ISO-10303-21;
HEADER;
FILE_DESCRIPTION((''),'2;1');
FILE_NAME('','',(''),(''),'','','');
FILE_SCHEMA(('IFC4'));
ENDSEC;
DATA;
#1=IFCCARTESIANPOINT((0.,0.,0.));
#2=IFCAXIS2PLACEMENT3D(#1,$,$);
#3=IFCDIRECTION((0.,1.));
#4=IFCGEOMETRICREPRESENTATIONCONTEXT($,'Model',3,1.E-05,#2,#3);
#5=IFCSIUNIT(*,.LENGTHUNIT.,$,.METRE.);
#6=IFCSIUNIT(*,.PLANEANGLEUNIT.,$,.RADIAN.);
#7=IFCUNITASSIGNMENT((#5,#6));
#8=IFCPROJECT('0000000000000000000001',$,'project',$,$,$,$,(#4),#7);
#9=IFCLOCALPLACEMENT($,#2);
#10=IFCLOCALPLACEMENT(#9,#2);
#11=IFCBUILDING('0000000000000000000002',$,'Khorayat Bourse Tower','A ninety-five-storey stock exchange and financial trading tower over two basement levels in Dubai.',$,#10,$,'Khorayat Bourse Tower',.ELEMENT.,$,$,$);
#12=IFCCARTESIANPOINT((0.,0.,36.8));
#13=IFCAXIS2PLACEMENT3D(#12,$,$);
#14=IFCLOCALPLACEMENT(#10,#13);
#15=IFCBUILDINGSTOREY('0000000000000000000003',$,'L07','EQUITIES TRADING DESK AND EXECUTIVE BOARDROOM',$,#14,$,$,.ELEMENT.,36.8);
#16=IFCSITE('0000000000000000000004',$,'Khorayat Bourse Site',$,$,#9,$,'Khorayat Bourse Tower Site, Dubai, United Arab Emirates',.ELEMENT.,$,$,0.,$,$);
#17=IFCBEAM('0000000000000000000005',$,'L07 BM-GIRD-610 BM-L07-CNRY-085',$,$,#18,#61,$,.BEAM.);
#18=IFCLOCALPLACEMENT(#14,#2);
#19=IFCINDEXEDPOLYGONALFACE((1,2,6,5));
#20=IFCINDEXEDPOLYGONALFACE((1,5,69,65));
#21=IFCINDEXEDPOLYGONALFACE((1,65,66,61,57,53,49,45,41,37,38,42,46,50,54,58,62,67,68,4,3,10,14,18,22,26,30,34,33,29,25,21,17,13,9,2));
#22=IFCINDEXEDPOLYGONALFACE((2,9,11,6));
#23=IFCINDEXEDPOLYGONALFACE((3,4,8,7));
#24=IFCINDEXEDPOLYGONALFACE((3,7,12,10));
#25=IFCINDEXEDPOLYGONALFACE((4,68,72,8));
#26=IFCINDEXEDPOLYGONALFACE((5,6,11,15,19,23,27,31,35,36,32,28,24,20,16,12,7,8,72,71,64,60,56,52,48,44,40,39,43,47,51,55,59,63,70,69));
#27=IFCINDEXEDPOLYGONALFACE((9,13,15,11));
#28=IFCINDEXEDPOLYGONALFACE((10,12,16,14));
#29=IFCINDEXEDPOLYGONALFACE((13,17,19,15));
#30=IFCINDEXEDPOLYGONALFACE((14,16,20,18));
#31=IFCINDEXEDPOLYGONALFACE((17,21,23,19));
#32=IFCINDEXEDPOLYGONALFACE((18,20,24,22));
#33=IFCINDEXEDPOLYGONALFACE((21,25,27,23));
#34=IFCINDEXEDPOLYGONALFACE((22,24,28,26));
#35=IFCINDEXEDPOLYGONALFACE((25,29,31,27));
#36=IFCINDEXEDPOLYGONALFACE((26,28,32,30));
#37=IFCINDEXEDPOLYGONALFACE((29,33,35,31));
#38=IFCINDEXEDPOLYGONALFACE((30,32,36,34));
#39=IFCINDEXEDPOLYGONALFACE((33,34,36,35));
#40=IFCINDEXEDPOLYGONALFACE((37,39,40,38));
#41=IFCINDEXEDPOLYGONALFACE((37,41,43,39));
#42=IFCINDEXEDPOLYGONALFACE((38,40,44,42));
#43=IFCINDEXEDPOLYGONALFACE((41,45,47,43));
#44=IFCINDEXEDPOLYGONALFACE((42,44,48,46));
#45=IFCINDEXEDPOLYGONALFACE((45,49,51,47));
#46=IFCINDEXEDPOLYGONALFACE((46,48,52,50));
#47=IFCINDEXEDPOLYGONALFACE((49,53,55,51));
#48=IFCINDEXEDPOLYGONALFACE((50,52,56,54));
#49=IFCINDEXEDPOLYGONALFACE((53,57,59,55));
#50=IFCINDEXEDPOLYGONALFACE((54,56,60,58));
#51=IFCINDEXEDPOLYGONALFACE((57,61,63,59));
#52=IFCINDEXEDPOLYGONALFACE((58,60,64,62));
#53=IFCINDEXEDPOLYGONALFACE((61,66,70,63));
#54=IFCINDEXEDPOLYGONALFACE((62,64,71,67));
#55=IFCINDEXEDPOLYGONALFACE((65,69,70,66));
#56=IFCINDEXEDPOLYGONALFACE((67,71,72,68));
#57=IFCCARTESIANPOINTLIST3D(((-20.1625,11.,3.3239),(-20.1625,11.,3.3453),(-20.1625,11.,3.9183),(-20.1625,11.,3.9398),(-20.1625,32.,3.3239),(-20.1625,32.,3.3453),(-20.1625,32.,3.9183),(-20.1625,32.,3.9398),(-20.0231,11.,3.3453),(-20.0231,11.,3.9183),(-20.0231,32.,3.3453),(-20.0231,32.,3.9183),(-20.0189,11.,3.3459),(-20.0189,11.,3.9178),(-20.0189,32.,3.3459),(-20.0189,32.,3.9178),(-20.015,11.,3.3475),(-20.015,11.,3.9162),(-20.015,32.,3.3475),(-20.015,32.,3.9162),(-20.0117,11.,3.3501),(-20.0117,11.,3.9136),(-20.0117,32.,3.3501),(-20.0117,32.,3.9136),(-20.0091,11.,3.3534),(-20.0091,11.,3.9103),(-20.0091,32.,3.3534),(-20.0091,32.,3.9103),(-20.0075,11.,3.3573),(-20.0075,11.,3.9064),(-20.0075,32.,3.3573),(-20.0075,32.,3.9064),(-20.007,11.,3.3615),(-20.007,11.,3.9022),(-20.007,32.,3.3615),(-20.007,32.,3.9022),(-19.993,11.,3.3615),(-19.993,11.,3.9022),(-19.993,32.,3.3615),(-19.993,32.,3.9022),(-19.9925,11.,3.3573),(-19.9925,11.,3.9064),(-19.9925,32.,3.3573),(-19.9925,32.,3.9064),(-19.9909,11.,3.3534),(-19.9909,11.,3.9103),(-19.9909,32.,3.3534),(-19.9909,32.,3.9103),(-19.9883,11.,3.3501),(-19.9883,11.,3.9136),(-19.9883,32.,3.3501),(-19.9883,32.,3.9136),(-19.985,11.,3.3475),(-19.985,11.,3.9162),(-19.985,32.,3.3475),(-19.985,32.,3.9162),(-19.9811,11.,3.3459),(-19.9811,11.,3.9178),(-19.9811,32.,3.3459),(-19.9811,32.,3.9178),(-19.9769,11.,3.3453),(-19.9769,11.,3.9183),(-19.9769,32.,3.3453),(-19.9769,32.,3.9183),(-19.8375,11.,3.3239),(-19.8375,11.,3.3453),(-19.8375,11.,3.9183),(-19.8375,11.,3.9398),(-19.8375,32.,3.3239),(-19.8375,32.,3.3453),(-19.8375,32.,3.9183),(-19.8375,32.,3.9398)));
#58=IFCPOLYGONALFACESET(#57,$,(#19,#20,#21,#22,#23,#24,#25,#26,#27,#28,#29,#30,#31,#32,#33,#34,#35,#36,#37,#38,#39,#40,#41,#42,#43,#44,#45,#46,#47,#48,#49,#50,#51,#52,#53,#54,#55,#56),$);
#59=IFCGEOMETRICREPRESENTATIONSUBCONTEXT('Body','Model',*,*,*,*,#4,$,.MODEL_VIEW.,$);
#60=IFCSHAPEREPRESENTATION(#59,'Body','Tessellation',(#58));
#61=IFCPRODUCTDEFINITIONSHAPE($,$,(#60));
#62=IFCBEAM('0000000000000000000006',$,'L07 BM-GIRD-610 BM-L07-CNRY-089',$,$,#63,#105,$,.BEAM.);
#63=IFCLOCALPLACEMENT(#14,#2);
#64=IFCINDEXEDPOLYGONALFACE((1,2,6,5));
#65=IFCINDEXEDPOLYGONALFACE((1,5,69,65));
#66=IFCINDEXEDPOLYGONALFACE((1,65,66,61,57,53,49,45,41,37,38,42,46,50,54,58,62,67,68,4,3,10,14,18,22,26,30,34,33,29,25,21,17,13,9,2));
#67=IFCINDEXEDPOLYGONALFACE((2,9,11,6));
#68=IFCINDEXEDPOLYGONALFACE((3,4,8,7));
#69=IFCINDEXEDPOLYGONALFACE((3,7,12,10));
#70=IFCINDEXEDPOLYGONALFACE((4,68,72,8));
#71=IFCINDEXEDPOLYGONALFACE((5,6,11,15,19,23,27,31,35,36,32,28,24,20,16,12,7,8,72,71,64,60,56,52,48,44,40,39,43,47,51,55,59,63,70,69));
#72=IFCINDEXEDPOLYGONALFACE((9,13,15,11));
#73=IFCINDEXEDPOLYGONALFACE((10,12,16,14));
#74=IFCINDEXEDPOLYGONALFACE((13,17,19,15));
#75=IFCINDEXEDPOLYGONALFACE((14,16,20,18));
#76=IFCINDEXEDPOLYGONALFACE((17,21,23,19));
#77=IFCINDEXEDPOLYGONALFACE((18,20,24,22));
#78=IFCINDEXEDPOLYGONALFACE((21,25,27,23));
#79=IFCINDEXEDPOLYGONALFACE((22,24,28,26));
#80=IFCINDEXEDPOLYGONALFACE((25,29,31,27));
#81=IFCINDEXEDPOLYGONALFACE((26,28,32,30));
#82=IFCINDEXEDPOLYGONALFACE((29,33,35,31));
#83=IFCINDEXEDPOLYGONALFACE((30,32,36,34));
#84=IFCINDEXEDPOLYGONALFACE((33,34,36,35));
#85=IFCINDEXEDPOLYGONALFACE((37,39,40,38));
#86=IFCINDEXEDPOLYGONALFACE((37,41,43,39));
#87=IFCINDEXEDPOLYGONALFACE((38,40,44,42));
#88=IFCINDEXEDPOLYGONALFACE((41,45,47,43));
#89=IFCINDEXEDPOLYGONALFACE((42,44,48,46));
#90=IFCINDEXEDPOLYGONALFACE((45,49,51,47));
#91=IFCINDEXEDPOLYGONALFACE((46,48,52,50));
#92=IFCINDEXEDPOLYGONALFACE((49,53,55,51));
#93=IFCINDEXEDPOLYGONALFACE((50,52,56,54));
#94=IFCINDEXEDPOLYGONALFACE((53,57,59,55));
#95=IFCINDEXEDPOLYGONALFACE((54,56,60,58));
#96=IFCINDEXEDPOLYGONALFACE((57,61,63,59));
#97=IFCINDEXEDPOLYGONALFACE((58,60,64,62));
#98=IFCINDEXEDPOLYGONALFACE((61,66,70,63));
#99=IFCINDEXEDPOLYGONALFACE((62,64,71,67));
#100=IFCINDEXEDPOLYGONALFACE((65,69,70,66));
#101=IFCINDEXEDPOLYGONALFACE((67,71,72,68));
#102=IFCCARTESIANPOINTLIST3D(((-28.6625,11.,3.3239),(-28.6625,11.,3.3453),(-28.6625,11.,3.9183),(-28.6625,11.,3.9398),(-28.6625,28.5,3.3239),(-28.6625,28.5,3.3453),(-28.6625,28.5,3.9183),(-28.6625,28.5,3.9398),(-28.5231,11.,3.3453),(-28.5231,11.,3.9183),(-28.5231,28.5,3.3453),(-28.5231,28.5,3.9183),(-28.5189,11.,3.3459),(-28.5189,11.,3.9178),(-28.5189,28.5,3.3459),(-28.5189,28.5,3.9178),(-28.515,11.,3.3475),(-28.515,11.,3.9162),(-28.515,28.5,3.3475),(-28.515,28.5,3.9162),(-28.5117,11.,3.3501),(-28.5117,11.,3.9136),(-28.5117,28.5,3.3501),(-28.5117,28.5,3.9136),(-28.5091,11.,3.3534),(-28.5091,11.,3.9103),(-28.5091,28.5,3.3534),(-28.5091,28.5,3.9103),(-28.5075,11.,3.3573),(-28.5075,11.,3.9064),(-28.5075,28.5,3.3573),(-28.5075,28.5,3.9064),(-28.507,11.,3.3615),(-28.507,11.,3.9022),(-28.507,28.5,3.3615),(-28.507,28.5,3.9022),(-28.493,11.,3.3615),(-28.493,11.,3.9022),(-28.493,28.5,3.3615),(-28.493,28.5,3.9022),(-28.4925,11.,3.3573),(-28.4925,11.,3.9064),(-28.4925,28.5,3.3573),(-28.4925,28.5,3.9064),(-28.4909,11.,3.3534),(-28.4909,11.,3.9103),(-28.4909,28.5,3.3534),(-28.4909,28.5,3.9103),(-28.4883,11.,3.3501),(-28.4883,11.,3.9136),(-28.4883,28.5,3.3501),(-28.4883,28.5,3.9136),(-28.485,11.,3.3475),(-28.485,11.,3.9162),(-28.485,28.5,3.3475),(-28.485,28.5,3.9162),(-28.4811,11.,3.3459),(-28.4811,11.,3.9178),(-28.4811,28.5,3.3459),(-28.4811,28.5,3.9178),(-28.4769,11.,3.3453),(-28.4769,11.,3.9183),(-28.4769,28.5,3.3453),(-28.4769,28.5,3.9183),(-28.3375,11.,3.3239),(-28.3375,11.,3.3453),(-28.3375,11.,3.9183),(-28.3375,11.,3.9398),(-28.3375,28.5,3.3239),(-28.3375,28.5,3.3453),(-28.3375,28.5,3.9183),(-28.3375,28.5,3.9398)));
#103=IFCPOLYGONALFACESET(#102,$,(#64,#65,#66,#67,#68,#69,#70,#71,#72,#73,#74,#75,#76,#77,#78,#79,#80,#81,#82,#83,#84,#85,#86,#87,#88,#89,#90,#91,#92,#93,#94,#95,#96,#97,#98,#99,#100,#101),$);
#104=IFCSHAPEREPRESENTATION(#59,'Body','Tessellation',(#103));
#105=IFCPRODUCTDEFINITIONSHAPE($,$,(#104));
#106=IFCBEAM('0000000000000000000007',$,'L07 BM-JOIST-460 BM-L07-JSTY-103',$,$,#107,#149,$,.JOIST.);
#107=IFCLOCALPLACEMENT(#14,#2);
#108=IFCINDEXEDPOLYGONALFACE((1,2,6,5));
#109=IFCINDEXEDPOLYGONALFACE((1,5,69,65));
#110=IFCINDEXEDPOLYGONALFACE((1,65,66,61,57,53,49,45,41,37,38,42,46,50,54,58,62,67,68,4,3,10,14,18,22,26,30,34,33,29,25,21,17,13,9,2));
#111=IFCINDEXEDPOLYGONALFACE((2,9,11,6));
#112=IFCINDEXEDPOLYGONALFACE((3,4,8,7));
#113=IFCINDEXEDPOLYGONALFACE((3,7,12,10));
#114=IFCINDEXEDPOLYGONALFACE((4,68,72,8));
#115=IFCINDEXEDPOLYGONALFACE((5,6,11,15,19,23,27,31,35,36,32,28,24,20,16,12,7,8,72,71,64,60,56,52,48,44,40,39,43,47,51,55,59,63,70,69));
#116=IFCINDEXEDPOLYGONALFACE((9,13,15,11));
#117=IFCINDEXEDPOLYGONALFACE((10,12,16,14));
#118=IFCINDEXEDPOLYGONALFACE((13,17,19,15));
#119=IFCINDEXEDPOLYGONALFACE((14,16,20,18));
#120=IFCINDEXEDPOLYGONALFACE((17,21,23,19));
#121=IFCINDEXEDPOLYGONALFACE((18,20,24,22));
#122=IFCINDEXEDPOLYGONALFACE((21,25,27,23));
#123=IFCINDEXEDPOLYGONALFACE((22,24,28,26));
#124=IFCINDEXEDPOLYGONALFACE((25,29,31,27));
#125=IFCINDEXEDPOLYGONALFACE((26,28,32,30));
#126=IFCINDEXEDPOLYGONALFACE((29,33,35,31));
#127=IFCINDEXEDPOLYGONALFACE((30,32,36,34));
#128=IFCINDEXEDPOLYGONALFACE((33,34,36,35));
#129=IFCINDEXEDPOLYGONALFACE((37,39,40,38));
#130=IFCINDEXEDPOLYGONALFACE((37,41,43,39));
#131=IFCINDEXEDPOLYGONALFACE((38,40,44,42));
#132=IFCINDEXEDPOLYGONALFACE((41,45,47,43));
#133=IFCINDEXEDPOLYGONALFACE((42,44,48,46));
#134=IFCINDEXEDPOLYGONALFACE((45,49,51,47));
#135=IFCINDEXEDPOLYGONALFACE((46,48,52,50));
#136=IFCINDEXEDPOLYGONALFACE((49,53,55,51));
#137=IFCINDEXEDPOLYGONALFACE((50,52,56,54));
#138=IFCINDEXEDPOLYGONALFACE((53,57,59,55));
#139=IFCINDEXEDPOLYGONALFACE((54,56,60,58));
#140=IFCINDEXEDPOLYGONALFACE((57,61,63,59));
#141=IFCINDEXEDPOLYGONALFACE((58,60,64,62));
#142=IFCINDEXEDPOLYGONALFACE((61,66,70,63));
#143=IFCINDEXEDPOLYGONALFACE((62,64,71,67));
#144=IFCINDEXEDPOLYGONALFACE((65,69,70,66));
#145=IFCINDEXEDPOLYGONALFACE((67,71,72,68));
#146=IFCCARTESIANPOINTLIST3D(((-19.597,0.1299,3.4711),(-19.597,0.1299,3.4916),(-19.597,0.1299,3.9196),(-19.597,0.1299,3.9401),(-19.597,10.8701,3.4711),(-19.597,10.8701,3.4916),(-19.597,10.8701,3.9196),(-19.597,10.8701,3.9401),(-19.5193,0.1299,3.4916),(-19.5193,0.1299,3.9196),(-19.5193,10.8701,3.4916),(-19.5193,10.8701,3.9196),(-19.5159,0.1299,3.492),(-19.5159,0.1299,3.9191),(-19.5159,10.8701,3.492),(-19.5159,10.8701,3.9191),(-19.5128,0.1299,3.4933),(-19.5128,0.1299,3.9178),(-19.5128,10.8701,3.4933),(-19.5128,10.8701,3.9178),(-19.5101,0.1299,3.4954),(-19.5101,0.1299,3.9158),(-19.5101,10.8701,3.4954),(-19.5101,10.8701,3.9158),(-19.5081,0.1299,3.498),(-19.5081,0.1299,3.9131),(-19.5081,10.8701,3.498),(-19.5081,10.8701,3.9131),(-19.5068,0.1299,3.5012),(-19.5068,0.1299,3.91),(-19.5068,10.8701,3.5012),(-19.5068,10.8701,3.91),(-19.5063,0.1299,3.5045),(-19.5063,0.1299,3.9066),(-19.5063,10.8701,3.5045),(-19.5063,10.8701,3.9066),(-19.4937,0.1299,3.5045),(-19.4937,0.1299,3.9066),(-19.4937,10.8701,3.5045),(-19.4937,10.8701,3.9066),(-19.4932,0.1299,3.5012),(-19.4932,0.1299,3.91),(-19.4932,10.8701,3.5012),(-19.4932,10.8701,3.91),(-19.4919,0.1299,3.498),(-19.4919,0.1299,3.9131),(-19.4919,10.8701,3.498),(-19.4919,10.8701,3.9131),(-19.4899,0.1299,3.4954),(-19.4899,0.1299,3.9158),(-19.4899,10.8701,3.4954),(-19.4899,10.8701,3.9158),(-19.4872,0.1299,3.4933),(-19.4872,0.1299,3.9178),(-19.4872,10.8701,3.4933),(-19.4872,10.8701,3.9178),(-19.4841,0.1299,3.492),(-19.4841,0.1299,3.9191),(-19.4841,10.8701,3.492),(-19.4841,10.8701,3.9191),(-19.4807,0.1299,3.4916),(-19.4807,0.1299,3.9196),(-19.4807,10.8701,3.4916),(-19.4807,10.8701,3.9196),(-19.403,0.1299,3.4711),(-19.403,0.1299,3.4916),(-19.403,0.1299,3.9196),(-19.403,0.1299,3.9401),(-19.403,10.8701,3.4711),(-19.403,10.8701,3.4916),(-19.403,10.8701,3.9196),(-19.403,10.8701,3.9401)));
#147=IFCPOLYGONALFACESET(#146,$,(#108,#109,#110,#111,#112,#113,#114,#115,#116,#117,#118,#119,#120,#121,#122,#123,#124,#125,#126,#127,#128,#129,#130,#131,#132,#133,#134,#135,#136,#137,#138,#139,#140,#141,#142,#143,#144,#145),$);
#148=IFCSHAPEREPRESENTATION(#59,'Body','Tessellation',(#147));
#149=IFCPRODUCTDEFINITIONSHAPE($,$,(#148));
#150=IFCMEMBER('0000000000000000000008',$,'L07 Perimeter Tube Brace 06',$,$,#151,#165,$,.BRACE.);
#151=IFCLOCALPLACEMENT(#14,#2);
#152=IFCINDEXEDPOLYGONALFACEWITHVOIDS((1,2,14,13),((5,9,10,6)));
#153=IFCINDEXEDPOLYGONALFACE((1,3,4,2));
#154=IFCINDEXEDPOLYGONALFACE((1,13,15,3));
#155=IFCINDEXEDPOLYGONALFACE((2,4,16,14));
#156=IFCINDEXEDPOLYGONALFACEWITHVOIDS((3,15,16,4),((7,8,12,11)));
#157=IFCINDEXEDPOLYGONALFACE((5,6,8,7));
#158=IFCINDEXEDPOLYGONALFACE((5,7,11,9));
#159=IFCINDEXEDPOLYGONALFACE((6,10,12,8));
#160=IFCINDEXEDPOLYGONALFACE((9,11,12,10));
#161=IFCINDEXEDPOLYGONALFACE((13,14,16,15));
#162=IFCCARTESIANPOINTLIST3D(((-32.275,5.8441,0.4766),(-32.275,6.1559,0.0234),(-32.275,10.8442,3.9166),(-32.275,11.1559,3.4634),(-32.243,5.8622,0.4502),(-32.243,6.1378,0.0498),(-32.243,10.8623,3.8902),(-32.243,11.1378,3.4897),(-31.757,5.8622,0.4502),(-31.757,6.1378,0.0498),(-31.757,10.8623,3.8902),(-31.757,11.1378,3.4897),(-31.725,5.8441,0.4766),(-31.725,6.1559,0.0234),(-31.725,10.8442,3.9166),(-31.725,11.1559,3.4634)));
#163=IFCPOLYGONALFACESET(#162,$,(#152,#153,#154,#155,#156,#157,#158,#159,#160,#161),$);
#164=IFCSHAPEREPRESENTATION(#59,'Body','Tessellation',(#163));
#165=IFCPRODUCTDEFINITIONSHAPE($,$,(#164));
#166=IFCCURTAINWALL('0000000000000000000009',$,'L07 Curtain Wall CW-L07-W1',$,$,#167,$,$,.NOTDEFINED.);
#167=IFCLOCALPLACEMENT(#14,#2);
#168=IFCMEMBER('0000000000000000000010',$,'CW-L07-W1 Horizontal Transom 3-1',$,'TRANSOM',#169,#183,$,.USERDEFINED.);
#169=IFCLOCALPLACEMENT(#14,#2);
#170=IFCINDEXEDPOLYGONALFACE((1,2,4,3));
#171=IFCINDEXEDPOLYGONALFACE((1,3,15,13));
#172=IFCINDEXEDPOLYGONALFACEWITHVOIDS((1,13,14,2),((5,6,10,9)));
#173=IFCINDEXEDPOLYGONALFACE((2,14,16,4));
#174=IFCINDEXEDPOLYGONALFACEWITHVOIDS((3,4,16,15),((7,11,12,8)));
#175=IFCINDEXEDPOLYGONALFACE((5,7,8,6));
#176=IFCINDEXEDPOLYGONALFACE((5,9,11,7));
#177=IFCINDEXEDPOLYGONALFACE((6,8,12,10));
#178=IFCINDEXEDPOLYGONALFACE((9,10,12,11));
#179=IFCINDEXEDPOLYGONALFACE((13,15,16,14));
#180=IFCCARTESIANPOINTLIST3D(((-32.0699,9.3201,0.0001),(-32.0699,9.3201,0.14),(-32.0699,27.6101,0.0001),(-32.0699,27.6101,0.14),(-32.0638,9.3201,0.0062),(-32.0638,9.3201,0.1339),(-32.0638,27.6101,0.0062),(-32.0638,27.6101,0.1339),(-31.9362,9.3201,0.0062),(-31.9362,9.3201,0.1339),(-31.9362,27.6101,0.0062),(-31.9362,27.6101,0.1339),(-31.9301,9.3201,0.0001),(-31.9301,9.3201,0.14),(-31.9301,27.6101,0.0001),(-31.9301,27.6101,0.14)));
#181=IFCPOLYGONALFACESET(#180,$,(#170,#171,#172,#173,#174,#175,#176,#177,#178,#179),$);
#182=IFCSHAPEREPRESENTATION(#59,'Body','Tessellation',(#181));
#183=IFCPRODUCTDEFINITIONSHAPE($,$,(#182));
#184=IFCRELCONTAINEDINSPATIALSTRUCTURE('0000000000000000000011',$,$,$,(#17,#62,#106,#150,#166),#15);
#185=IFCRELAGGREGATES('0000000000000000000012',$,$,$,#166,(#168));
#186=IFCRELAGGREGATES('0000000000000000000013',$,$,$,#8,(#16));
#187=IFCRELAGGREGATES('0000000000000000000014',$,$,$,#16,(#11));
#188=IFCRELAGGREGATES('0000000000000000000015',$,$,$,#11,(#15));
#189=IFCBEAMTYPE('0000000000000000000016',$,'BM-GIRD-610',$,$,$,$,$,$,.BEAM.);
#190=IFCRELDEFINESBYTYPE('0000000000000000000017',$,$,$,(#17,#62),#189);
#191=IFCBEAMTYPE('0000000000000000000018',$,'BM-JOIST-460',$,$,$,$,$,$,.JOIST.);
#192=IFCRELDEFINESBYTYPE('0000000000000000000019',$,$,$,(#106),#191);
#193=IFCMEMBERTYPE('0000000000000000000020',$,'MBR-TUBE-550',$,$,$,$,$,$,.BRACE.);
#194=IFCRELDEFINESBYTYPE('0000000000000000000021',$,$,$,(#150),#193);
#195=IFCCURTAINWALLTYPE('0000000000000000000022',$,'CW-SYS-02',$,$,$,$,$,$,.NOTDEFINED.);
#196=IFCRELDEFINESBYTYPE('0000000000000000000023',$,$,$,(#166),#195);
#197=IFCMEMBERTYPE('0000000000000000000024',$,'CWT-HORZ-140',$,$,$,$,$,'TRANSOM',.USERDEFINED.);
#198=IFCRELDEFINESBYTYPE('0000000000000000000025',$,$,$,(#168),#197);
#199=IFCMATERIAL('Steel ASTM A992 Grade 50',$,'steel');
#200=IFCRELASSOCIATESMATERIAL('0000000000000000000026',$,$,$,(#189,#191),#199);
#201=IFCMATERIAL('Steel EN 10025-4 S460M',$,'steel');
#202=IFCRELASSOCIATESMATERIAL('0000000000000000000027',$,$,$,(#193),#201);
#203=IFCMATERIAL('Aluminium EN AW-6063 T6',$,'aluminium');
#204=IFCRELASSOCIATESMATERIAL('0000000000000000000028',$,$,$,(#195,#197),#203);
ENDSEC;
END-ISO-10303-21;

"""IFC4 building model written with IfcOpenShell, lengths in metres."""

from ifc_helpers import new_model, si_unit, direction, frame, origin, origin_2d, place, context, subcontext, project, spatial, hollow_rectangle, i_section, extrude, source, transform, mapped, material, material_profile, profile_set, type_object, element, aggregate, save


model = new_model("IFC4")

# Units and contexts
model_context = context("Model", 3, precision=1e-05, world=origin(), true_north=direction((0.0, 1.0)))
body_context = subcontext(model_context, "Body", "Model", "MODEL_VIEW")
ifc_project = project(units=[si_unit("LENGTHUNIT", "METRE"), si_unit("PLANEANGLEUNIT", "RADIAN")], contexts=[model_context])

# Site, building, storey
site_placement = place(None, origin())
site = spatial("IfcSite", under=ifc_project, at=site_placement, Name="Khorayat Bourse Site", LongName="Khorayat Bourse Tower Site, Dubai, United Arab Emirates", CompositionType="ELEMENT", RefElevation=0.0)
building_placement = place(site_placement, origin())
building = spatial("IfcBuilding", under=site, at=building_placement, Name="Khorayat Bourse Tower", Description="A ninety-five-storey stock exchange and financial trading tower over two basement levels in Dubai.", LongName="Khorayat Bourse Tower", CompositionType="ELEMENT")
storey_placement = place(building_placement, frame((0.0, 0.0, 36.8)))
storey = spatial("IfcBuildingStorey", under=building, at=storey_placement, Name="L07", Description="EQUITIES TRADING DESK AND EXECUTIVE BOARDROOM", CompositionType="ELEMENT", Elevation=36.8)

# Shared definitions
ifc_material_1 = material(Name="Steel EN 10025-4 S460M", Category="steel")

# Beams
ifc_material_2 = material(Name="Steel ASTM A992 Grade 50", Category="steel")
ifc_material_profile_1 = material_profile(ifc_material_2, i_section(OverallWidth=0.325, OverallDepth=0.616, WebThickness=0.0139, FlangeThickness=0.0215, FilletRadius=0.0161, at=origin_2d()), Name="W610X174")
ifc_profile_set_1 = profile_set([ifc_material_profile_1], Name="Steel ASTM A992 Grade 50")
beam_type_1 = type_object("IfcBeamType", Name="BM-GIRD-610", PredefinedType="BEAM", material=ifc_profile_set_1)
shared_shape_1 = source(origin(), body_context, "Body", "SweptSolid", [
    extrude(i_section(OverallWidth=0.325, OverallDepth=0.616, WebThickness=0.0139, FlangeThickness=0.0215, FilletRadius=0.0161, at=origin_2d()), origin(), (0.0, 0.0, 1.0), 21.0),
])
beam_1_placement = place(storey_placement, frame((-20.0, 11.0, 3.6318), z_axis=(0.0, 1.0, 0.0), x_axis=(-1.0, 0.0, 0.0)))
element("IfcBeam", 1, at=beam_1_placement, inside=storey, type_object=beam_type_1, Name="L07 BM-GIRD-610 BM-L07-CNRY-085", PredefinedType="BEAM", context=body_context, shape_type="MappedRepresentation", body=[
    mapped(shared_shape_1, transform((0.0, 0.0, 0.0), scale=1.0)),
])
shared_shape_2 = source(origin(), body_context, "Body", "SweptSolid", [
    extrude(i_section(OverallWidth=0.325, OverallDepth=0.616, WebThickness=0.0139, FlangeThickness=0.0215, FilletRadius=0.0161, at=origin_2d()), origin(), (0.0, 0.0, 1.0), 17.5),
])
beam_2_placement = place(storey_placement, frame((-28.5, 11.0, 3.6318), z_axis=(0.0, 1.0, 0.0), x_axis=(-1.0, 0.0, 0.0)))
element("IfcBeam", 2, at=beam_2_placement, inside=storey, type_object=beam_type_1, Name="L07 BM-GIRD-610 BM-L07-CNRY-089", PredefinedType="BEAM", context=body_context, shape_type="MappedRepresentation", body=[
    mapped(shared_shape_2, transform((0.0, 0.0, 0.0), scale=1.0)),
])
ifc_material_profile_2 = material_profile(ifc_material_2, i_section(OverallWidth=0.1941, OverallDepth=0.469, WebThickness=0.0127, FlangeThickness=0.0205, FilletRadius=0.0129, at=origin_2d()), Name="W460X106")
ifc_profile_set_2 = profile_set([ifc_material_profile_2], Name="Steel ASTM A992 Grade 50")
beam_type_2 = type_object("IfcBeamType", Name="BM-JOIST-460", PredefinedType="JOIST", material=ifc_profile_set_2)
shared_shape_3 = source(origin(), body_context, "Body", "SweptSolid", [
    extrude(i_section(OverallWidth=0.1941, OverallDepth=0.469, WebThickness=0.0127, FlangeThickness=0.0205, FilletRadius=0.0129, at=origin_2d()), origin(), (0.0, 0.0, 1.0), 10.7402),
])
beam_3_placement = place(storey_placement, frame((-19.5, 0.1299, 3.7056), z_axis=(0.0, 1.0, 0.0), x_axis=(-1.0, 0.0, 0.0)))
element("IfcBeam", 3, at=beam_3_placement, inside=storey, type_object=beam_type_2, Name="L07 BM-JOIST-460 BM-L07-JSTY-103", PredefinedType="JOIST", context=body_context, shape_type="MappedRepresentation", body=[
    mapped(shared_shape_3, transform((0.0, 0.0, 0.0), scale=1.0)),
])

# Member
ifc_material_profile_3 = material_profile(ifc_material_1, hollow_rectangle(XDim=0.55, YDim=0.55, WallThickness=0.032, at=origin_2d()), Name="HSS 550x550x32")
ifc_profile_set_3 = profile_set([ifc_material_profile_3], Name="Steel EN 10025-4 S460M")
member_type_1 = type_object("IfcMemberType", Name="MBR-TUBE-550", PredefinedType="BRACE", material=ifc_profile_set_3)
shared_shape_4 = source(origin(), body_context, "Body", "SweptSolid", [
    extrude(hollow_rectangle(XDim=0.55, YDim=0.55, WallThickness=0.032, at=origin_2d()), origin(), (0.0, 0.0, 1.0), 6.0691),
])
member_1_placement = place(storey_placement, frame((-32.0, 6.0, 0.25), z_axis=(0.0, 0.823854, 0.566802), x_axis=(-1.0, 0.0, 0.0)))
element("IfcMember", 4, at=member_1_placement, inside=storey, type_object=member_type_1, Name="L07 Perimeter Tube Brace 06", PredefinedType="BRACE", context=body_context, shape_type="MappedRepresentation", body=[
    mapped(shared_shape_4, transform((0.0, 0.0, 0.0), scale=1.0)),
])

# Curtain wall, member
ifc_material_3 = material(Name="Aluminium EN AW-6063 T6", Category="aluminium")
curtain_wall_type = type_object("IfcCurtainWallType", Name="CW-SYS-02", PredefinedType="NOTDEFINED", material=ifc_material_3)
curtain_wall_placement = place(storey_placement, origin())
curtain_wall = element("IfcCurtainWall", 5, at=curtain_wall_placement, inside=storey, type_object=curtain_wall_type, Name="L07 Curtain Wall CW-L07-W1", PredefinedType="NOTDEFINED")
ifc_material_profile_4 = material_profile(ifc_material_3, hollow_rectangle(XDim=0.1399, YDim=0.1399, WallThickness=0.0061, at=origin_2d()), Name="ALU 140x140x6")
ifc_profile_set_4 = profile_set([ifc_material_profile_4], Name="Aluminium EN AW-6063 T6")
member_type_2 = type_object("IfcMemberType", Name="CWT-HORZ-140", ElementType="TRANSOM", PredefinedType="USERDEFINED", material=ifc_profile_set_4)
shared_shape_5 = source(origin(), body_context, "Body", "SweptSolid", [
    extrude(hollow_rectangle(XDim=0.1399, YDim=0.1399, WallThickness=0.0061, at=origin_2d()), origin(), (0.0, 0.0, 1.0), 18.29),
])
member_2_placement = place(storey_placement, frame((-32.0, 9.3201, 0.0701), z_axis=(0.0, 1.0, 0.0), x_axis=(-1.0, 0.0, 0.0)))
member_2 = element("IfcMember", 6, at=member_2_placement, type_object=member_type_2, Name="CW-L07-W1 Horizontal Transom 3-1", ObjectType="TRANSOM", PredefinedType="USERDEFINED", context=body_context, shape_type="MappedRepresentation", body=[
    mapped(shared_shape_5, transform((0.0, 0.0, 0.0), scale=1.0)),
])

aggregate(curtain_wall, [member_2])

save(model, "model.ifc")
